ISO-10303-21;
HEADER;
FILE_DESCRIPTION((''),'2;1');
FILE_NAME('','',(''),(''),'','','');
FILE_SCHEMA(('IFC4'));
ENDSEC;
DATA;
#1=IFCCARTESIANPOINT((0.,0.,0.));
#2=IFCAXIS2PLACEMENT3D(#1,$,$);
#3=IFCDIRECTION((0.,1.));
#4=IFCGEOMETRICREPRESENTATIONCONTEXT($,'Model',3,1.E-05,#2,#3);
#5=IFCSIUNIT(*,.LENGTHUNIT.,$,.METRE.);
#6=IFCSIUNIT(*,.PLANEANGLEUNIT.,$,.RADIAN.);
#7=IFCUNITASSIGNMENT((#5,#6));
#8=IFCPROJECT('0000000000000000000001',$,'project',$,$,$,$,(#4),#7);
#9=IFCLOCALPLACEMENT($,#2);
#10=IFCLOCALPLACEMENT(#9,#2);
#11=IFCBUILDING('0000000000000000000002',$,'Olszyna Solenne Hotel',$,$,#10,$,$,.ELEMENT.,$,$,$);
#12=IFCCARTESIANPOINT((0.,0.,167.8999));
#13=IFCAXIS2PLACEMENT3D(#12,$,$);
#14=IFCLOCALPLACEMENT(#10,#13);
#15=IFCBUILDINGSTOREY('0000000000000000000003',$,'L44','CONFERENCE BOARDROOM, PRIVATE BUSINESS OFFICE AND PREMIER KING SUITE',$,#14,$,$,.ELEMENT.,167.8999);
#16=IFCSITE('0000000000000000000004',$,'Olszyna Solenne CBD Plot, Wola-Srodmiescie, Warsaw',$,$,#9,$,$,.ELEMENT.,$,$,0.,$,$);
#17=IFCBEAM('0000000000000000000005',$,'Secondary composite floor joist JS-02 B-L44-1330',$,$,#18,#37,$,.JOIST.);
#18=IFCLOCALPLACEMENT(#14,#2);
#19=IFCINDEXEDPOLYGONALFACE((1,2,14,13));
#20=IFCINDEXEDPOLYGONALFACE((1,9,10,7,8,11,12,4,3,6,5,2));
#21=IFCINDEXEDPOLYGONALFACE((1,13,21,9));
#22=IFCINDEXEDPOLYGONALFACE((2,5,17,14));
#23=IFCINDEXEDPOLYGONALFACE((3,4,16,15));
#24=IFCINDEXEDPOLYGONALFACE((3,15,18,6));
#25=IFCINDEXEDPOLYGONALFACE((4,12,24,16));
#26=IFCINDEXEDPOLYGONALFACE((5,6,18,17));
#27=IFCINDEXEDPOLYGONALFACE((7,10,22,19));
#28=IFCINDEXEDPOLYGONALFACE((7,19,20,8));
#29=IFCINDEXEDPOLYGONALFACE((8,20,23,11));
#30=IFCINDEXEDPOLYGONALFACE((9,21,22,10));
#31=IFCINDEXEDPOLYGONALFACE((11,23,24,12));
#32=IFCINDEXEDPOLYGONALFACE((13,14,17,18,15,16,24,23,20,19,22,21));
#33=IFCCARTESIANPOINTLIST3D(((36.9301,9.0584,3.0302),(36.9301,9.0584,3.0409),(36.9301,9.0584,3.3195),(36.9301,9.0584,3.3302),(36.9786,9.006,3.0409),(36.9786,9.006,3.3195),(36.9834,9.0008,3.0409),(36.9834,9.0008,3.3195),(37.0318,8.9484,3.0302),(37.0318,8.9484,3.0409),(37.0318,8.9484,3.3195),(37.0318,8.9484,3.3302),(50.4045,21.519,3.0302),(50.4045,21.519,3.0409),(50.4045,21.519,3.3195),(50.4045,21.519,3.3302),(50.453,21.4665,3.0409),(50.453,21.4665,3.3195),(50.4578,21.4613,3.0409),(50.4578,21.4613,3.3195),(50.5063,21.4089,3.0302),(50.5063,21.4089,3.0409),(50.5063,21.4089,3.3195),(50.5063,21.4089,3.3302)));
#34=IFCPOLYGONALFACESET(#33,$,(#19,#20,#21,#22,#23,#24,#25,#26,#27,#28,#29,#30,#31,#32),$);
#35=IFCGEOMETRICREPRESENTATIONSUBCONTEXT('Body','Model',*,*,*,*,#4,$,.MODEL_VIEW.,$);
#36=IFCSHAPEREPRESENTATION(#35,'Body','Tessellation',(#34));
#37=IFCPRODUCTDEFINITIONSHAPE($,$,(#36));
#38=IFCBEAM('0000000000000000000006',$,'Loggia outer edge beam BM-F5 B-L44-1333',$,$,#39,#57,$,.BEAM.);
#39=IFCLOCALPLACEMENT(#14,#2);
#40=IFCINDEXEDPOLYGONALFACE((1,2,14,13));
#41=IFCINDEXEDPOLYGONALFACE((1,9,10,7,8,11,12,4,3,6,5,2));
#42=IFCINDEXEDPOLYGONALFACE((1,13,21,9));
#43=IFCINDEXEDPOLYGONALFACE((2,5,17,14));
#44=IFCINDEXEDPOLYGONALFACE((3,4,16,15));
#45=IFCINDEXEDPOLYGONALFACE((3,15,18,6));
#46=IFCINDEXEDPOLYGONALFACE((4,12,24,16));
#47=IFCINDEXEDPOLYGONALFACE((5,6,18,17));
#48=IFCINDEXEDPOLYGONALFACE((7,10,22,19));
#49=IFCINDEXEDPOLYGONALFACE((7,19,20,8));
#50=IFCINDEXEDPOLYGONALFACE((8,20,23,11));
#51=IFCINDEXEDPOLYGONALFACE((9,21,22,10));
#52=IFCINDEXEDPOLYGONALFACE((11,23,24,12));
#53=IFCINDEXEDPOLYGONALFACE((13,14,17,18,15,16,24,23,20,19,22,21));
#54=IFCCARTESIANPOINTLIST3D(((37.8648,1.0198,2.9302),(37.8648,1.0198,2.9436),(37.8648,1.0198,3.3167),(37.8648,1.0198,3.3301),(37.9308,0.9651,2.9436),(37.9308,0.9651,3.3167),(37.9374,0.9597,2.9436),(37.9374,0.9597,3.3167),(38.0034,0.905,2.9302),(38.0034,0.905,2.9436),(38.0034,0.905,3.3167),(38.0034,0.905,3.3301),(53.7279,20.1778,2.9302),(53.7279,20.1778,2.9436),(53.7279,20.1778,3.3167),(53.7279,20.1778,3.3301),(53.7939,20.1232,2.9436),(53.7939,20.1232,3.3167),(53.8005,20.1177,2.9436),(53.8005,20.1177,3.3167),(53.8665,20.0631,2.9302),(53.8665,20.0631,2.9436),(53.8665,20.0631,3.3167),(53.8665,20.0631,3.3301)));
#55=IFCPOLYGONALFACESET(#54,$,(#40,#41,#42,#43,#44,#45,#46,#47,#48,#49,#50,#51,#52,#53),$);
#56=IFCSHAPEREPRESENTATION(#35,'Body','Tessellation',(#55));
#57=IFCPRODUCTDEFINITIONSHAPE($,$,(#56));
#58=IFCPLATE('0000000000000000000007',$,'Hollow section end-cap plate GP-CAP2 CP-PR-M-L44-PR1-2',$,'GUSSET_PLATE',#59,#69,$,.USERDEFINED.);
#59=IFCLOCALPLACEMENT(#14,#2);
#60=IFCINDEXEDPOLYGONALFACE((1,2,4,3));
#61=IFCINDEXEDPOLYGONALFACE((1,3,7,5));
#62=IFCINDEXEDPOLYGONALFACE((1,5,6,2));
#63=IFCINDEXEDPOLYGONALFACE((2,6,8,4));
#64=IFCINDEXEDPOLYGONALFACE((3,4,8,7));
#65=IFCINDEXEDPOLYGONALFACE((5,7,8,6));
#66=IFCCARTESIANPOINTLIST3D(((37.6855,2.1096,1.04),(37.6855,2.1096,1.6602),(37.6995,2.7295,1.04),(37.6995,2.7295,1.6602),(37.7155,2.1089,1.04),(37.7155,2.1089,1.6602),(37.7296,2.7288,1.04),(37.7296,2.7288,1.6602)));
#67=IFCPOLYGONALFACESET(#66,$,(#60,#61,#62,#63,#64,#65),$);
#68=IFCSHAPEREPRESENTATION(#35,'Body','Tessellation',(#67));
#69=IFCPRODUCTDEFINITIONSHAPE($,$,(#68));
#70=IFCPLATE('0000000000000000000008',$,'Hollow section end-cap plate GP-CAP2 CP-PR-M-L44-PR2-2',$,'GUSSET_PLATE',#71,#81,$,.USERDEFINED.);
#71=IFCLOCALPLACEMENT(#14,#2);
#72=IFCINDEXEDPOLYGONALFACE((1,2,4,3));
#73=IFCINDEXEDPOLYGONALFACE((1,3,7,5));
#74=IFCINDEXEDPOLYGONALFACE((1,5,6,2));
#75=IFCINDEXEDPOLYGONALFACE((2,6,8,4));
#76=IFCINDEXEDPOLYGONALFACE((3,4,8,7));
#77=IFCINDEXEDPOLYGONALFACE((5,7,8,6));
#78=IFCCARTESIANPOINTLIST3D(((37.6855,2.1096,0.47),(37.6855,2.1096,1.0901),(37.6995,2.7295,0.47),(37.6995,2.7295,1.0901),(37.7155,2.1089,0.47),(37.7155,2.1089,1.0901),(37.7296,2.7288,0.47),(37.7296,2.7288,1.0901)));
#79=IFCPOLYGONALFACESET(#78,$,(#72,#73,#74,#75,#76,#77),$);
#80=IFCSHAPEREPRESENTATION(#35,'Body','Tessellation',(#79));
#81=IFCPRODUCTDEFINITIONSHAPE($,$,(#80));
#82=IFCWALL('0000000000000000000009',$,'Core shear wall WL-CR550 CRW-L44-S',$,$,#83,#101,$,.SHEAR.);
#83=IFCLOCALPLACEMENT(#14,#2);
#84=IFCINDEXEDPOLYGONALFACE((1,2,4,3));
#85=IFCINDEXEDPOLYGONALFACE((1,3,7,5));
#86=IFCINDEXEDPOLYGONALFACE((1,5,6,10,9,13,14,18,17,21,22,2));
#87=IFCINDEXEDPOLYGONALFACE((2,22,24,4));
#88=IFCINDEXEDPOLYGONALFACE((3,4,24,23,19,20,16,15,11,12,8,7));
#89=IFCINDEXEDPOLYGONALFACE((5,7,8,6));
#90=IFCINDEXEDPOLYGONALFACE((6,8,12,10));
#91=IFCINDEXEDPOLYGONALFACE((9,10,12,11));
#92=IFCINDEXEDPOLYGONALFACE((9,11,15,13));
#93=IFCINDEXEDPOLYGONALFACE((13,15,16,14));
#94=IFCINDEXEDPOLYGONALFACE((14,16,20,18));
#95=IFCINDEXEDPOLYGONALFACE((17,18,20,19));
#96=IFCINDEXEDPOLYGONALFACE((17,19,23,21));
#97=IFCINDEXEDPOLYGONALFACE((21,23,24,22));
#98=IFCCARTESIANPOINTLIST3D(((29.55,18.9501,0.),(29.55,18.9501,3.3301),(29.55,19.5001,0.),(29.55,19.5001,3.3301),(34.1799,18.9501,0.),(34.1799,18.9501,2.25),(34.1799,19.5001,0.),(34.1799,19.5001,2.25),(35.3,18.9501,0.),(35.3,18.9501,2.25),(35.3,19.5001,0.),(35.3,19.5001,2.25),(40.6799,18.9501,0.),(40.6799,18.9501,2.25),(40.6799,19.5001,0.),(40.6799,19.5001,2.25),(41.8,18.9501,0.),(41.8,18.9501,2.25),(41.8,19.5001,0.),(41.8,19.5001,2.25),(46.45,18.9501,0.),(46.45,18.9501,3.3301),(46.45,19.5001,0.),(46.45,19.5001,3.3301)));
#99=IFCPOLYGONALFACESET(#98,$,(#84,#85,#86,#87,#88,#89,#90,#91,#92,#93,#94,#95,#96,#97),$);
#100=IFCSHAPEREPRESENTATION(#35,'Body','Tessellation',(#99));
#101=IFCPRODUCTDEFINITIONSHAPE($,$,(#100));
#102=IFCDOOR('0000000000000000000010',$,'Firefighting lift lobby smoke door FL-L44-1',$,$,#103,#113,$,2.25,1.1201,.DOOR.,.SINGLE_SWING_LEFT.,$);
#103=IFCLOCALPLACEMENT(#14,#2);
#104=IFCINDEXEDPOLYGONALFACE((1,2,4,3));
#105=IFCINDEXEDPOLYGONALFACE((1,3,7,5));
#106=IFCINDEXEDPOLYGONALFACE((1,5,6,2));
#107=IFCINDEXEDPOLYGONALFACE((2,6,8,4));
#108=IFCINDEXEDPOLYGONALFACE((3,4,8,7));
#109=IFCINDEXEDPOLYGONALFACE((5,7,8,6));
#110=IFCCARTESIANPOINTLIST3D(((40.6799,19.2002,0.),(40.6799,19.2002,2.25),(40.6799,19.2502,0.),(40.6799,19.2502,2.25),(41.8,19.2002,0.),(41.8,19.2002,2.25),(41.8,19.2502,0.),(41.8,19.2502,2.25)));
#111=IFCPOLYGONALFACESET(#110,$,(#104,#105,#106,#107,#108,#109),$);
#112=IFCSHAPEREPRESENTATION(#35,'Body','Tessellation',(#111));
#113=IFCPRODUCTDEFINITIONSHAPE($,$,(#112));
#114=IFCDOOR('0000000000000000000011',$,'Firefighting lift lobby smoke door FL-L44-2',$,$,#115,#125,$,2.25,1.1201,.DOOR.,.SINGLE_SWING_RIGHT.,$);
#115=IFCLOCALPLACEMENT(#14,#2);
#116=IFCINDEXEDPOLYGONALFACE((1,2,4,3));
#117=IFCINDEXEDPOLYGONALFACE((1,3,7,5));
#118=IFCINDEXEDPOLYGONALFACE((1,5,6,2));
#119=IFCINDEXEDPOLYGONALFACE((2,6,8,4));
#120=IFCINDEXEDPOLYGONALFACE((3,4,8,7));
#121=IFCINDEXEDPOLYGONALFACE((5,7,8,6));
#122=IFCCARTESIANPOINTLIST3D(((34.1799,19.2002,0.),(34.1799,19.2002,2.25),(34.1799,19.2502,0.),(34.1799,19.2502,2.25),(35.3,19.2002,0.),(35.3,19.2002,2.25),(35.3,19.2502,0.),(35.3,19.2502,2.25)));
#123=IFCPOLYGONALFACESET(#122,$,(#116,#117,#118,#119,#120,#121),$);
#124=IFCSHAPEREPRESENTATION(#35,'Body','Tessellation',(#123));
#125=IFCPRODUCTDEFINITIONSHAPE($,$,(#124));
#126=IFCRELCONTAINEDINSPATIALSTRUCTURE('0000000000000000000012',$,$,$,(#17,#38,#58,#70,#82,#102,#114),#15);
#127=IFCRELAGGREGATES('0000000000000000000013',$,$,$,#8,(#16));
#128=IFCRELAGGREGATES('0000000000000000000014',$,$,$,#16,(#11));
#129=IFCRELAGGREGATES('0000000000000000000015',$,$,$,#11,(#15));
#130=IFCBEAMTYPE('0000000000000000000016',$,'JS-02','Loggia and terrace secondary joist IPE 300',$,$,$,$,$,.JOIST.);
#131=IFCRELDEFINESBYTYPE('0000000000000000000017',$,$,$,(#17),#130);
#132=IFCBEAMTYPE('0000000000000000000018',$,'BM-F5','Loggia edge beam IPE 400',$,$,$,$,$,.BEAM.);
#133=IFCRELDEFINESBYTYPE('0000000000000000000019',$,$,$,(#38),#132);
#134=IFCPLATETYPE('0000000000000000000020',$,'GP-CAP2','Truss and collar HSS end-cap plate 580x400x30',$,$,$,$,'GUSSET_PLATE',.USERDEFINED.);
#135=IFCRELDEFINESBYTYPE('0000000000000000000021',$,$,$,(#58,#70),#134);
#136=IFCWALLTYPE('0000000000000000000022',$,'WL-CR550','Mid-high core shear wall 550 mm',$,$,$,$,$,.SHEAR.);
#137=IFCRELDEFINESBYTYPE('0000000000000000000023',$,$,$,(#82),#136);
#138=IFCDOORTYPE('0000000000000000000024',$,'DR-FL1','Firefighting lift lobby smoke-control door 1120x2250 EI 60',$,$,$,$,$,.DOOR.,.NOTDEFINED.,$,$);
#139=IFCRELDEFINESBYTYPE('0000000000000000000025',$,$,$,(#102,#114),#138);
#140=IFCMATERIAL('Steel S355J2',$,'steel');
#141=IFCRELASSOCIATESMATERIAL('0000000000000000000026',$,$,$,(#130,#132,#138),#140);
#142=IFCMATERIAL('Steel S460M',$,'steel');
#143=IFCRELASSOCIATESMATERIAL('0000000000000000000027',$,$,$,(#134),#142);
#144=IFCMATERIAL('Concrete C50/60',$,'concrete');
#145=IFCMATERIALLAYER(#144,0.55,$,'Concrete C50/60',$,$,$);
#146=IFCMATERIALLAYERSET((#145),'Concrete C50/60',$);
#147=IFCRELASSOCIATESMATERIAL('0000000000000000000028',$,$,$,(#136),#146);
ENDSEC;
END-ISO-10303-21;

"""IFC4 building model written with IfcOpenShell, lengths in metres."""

from ifc_helpers import new_model, si_unit, direction, frame, frame_2d, origin, origin_2d, place, context, subcontext, project, spatial, rectangle, i_section, extrude, source, transform, mapped, material, layer, layer_set, material_profile, profile_set, type_object, type_shapes, element, fill, save


model = new_model("IFC4")

# Units and contexts
model_context = context("Model", 3, precision=1e-05, world=origin(), true_north=direction((0.0, 1.0)))
body_context = subcontext(model_context, "Body", "Model", "MODEL_VIEW")
ifc_project = project(units=[si_unit("LENGTHUNIT", "METRE"), si_unit("PLANEANGLEUNIT", "RADIAN")], contexts=[model_context])

# Site, building, storey
site_placement = place(None, origin())
site = spatial("IfcSite", under=ifc_project, at=site_placement, Name="Olszyna Solenne CBD Plot, Wola-Srodmiescie, Warsaw", CompositionType="ELEMENT", RefElevation=0.0)
building_placement = place(site_placement, origin())
building = spatial("IfcBuilding", under=site, at=building_placement, Name="Olszyna Solenne Hotel", CompositionType="ELEMENT")
storey_placement = place(building_placement, frame((0.0, 0.0, 167.8999)))
storey = spatial("IfcBuildingStorey", under=building, at=storey_placement, Name="L44", Description="CONFERENCE BOARDROOM, PRIVATE BUSINESS OFFICE AND PREMIER KING SUITE", CompositionType="ELEMENT", Elevation=167.8999)

# Shared definitions
ifc_material_1 = material(Name="Steel S460M", Category="steel")

# Beams
ifc_material_2 = material(Name="Steel S355J2", Category="steel")
ifc_material_profile_1 = material_profile(ifc_material_2, i_section(OverallWidth=0.1499, OverallDepth=0.3, WebThickness=0.0071, FlangeThickness=0.0107, at=origin_2d()), Name="IPE 300", Category="load-bearing")
ifc_profile_set_1 = profile_set([ifc_material_profile_1], Name="Steel S355J2")
beam_type_1 = type_object("IfcBeamType", Name="JS-02", Description="Loggia and terrace secondary joist IPE 300", PredefinedType="JOIST", material=ifc_profile_set_1)
shared_shape_1 = source(origin(), body_context, "Body", "SweptSolid", [
    extrude(i_section(OverallWidth=0.1499, OverallDepth=0.3, WebThickness=0.0071, FlangeThickness=0.0107, at=origin_2d()), origin(), (0.0, 0.0, 1.0), 18.3528),
])
beam_1_placement = place(storey_placement, frame((36.981, 9.0034, 3.1802), z_axis=(0.73419, 0.678944, 0.0), x_axis=(-0.678944, 0.73419, 0.0)))
element("IfcBeam", 1, at=beam_1_placement, inside=storey, type_object=beam_type_1, Name="Secondary composite floor joist JS-02 B-L44-1330", PredefinedType="JOIST", context=body_context, shape_type="MappedRepresentation", body=[
    mapped(shared_shape_1, transform((0.0, 0.0, 0.0), x_axis=(1.0, 0.0, 0.0), y_axis=(0.0, 1.0, 0.0), z_axis=(0.0, 0.0, 1.0), scale=1.0)),
])
ifc_material_profile_2 = material_profile(ifc_material_2, i_section(OverallWidth=0.1799, OverallDepth=0.3999, WebThickness=0.0085, FlangeThickness=0.0134, at=origin_2d()), Name="IPE 400", Category="load-bearing")
ifc_profile_set_2 = profile_set([ifc_material_profile_2], Name="Steel S355J2")
beam_type_2 = type_object("IfcBeamType", Name="BM-F5", Description="Loggia edge beam IPE 400", PredefinedType="BEAM", material=ifc_profile_set_2)
shared_shape_2 = source(origin(), body_context, "Body", "SweptSolid", [
    extrude(i_section(OverallWidth=0.1799, OverallDepth=0.3999, WebThickness=0.0085, FlangeThickness=0.0134, at=origin_2d()), origin(), (0.0, 0.0, 1.0), 24.873),
])
beam_2_placement = place(storey_placement, frame((37.9341, 0.9624, 3.1301), z_axis=(0.637763, 0.770233, 0.0), x_axis=(-0.770233, 0.637763, 0.0)))
element("IfcBeam", 2, at=beam_2_placement, inside=storey, type_object=beam_type_2, Name="Loggia outer edge beam BM-F5 B-L44-1333", PredefinedType="BEAM", context=body_context, shape_type="MappedRepresentation", body=[
    mapped(shared_shape_2, transform((0.0, 0.0, 0.0), x_axis=(1.0, 0.0, 0.0), y_axis=(0.0, 1.0, 0.0), z_axis=(0.0, 0.0, 1.0), scale=1.0)),
])

# Plates
plate_type = type_object("IfcPlateType", Name="GP-CAP2", Description="Truss and collar HSS end-cap plate 580x400x30", ElementType="GUSSET_PLATE", PredefinedType="USERDEFINED", material=ifc_material_1)
shared_shape_3 = source(origin(), body_context, "Body", "SweptSolid", [
    extrude(rectangle(XDim=0.03, YDim=0.6201, at=origin_2d()), origin(), (0.0, 0.0, 1.0), 0.6201),
])
for number, where, z_axis, x_axis, name in (
    (3, (37.7075, 2.4192, 1.04), (0.0, 0.0, 1.0), (0.999743, -0.022687, 0.0), "Hollow section end-cap plate GP-CAP2 CP-PR-M-L44-PR1-2"),
    (4, (37.7075, 2.4192, 0.47), (0.0, 0.0, 1.0), (0.999743, -0.022687, 0.0), "Hollow section end-cap plate GP-CAP2 CP-PR-M-L44-PR2-2"),
):
    element("IfcPlate", number, at=place(storey_placement, frame(where, z_axis=z_axis, x_axis=x_axis)), inside=storey, type_object=plate_type, Name=name, ObjectType="GUSSET_PLATE", PredefinedType="USERDEFINED", context=body_context, shape_type="MappedRepresentation", body=[
        mapped(shared_shape_3, transform((0.0, 0.0, 0.0), x_axis=(1.0, 0.0, 0.0), y_axis=(0.0, 1.0, 0.0), z_axis=(0.0, 0.0, 1.0), scale=1.0)),
    ])

# Wall, openings, doors
ifc_material_3 = material(Name="Concrete C50/60", Category="concrete")
ifc_layer_1 = layer(ifc_material_3, 0.55, Name="Concrete C50/60")
ifc_layer_set_1 = layer_set([ifc_layer_1], Name="Concrete C50/60")
wall_type_1 = type_object("IfcWallType", Name="WL-CR550", Description="Mid-high core shear wall 550 mm", PredefinedType="SHEAR", material=ifc_layer_set_1)
wall_1_placement = place(storey_placement, frame((46.45, 19.2251, 0.0), z_axis=(0.0, 0.0, 1.0), x_axis=(-1.0, 0.0, 0.0)))
wall_1 = element("IfcWall", 5, at=wall_1_placement, inside=storey, type_object=wall_type_1, Name="Core shear wall WL-CR550 CRW-L44-S", PredefinedType="SHEAR", context=body_context, shape_type="SweptSolid", body=[
    extrude(rectangle(XDim=16.8999, YDim=0.55, at=frame_2d((8.45, 0.0))), origin(), (0.0, 0.0, 1.0), 3.3301),
])
opening_1_placement = place(wall_1_placement, frame((4.6499, 0.0, 0.0)))
opening_1 = element("IfcOpeningElement", 6, at=opening_1_placement, cuts=wall_1, PredefinedType="OPENING", context=body_context, shape_type="SweptSolid", body=[
    extrude(rectangle(XDim=1.1201, YDim=2.25, at=frame_2d((0.5601, 1.125))), frame((0.0, 0.2852, 0.0), z_axis=(0.0, -1.0, 0.0), x_axis=(1.0, 0.0, 0.0)), (0.0, 0.0, 1.0), 0.5701),
])
opening_2_placement = place(wall_1_placement, frame((11.1499, 0.0, 0.0)))
opening_2 = element("IfcOpeningElement", 7, at=opening_2_placement, cuts=wall_1, PredefinedType="OPENING", context=body_context, shape_type="SweptSolid", body=[
    extrude(rectangle(XDim=1.1201, YDim=2.25, at=frame_2d((0.5601, 1.125))), frame((0.0, 0.2852, 0.0), z_axis=(0.0, -1.0, 0.0), x_axis=(1.0, 0.0, 0.0)), (0.0, 0.0, 1.0), 0.5701),
])
door_type_1 = type_object("IfcDoorType", Name="DR-FL1", Description="Firefighting lift lobby smoke-control door 1120x2250 EI 60", OperationType="NOTDEFINED", PredefinedType="DOOR", material=ifc_material_2)
shared_shape_4 = source(origin(), body_context, "Body", "SweptSolid", [
    extrude(rectangle(XDim=1.1201, YDim=2.25, at=frame_2d((0.5601, 1.125))), frame((0.0, 0.0249, 0.0), z_axis=(0.0, -1.0, 0.0), x_axis=(1.0, 0.0, 0.0)), (0.0, 0.0, 1.0), 0.05),
])
type_shapes(door_type_1, [shared_shape_4])
door_1_placement = place(opening_1_placement, origin())
door_1 = element("IfcDoor", 8, at=door_1_placement, inside=storey, type_object=door_type_1, Name="Firefighting lift lobby smoke door FL-L44-1", OperationType="SINGLE_SWING_LEFT", OverallHeight=2.25, OverallWidth=1.1201, PredefinedType="DOOR", context=body_context, shape_type="MappedRepresentation", body=[
    mapped(shared_shape_4, transform((0.0, 0.0, 0.0), x_axis=(1.0, 0.0, 0.0), y_axis=(0.0, 1.0, 0.0), z_axis=(0.0, 0.0, 1.0), scale=1.0)),
])
fill(opening_1, door_1)
door_2_placement = place(opening_2_placement, origin())
door_2 = element("IfcDoor", 9, at=door_2_placement, inside=storey, type_object=door_type_1, Name="Firefighting lift lobby smoke door FL-L44-2", OperationType="SINGLE_SWING_RIGHT", OverallHeight=2.25, OverallWidth=1.1201, PredefinedType="DOOR", context=body_context, shape_type="MappedRepresentation", body=[
    mapped(shared_shape_4, transform((0.0, 0.0, 0.0), x_axis=(1.0, 0.0, 0.0), y_axis=(0.0, 1.0, 0.0), z_axis=(0.0, 0.0, 1.0), scale=1.0)),
])
fill(opening_2, door_2)

save(model, "model.ifc")
